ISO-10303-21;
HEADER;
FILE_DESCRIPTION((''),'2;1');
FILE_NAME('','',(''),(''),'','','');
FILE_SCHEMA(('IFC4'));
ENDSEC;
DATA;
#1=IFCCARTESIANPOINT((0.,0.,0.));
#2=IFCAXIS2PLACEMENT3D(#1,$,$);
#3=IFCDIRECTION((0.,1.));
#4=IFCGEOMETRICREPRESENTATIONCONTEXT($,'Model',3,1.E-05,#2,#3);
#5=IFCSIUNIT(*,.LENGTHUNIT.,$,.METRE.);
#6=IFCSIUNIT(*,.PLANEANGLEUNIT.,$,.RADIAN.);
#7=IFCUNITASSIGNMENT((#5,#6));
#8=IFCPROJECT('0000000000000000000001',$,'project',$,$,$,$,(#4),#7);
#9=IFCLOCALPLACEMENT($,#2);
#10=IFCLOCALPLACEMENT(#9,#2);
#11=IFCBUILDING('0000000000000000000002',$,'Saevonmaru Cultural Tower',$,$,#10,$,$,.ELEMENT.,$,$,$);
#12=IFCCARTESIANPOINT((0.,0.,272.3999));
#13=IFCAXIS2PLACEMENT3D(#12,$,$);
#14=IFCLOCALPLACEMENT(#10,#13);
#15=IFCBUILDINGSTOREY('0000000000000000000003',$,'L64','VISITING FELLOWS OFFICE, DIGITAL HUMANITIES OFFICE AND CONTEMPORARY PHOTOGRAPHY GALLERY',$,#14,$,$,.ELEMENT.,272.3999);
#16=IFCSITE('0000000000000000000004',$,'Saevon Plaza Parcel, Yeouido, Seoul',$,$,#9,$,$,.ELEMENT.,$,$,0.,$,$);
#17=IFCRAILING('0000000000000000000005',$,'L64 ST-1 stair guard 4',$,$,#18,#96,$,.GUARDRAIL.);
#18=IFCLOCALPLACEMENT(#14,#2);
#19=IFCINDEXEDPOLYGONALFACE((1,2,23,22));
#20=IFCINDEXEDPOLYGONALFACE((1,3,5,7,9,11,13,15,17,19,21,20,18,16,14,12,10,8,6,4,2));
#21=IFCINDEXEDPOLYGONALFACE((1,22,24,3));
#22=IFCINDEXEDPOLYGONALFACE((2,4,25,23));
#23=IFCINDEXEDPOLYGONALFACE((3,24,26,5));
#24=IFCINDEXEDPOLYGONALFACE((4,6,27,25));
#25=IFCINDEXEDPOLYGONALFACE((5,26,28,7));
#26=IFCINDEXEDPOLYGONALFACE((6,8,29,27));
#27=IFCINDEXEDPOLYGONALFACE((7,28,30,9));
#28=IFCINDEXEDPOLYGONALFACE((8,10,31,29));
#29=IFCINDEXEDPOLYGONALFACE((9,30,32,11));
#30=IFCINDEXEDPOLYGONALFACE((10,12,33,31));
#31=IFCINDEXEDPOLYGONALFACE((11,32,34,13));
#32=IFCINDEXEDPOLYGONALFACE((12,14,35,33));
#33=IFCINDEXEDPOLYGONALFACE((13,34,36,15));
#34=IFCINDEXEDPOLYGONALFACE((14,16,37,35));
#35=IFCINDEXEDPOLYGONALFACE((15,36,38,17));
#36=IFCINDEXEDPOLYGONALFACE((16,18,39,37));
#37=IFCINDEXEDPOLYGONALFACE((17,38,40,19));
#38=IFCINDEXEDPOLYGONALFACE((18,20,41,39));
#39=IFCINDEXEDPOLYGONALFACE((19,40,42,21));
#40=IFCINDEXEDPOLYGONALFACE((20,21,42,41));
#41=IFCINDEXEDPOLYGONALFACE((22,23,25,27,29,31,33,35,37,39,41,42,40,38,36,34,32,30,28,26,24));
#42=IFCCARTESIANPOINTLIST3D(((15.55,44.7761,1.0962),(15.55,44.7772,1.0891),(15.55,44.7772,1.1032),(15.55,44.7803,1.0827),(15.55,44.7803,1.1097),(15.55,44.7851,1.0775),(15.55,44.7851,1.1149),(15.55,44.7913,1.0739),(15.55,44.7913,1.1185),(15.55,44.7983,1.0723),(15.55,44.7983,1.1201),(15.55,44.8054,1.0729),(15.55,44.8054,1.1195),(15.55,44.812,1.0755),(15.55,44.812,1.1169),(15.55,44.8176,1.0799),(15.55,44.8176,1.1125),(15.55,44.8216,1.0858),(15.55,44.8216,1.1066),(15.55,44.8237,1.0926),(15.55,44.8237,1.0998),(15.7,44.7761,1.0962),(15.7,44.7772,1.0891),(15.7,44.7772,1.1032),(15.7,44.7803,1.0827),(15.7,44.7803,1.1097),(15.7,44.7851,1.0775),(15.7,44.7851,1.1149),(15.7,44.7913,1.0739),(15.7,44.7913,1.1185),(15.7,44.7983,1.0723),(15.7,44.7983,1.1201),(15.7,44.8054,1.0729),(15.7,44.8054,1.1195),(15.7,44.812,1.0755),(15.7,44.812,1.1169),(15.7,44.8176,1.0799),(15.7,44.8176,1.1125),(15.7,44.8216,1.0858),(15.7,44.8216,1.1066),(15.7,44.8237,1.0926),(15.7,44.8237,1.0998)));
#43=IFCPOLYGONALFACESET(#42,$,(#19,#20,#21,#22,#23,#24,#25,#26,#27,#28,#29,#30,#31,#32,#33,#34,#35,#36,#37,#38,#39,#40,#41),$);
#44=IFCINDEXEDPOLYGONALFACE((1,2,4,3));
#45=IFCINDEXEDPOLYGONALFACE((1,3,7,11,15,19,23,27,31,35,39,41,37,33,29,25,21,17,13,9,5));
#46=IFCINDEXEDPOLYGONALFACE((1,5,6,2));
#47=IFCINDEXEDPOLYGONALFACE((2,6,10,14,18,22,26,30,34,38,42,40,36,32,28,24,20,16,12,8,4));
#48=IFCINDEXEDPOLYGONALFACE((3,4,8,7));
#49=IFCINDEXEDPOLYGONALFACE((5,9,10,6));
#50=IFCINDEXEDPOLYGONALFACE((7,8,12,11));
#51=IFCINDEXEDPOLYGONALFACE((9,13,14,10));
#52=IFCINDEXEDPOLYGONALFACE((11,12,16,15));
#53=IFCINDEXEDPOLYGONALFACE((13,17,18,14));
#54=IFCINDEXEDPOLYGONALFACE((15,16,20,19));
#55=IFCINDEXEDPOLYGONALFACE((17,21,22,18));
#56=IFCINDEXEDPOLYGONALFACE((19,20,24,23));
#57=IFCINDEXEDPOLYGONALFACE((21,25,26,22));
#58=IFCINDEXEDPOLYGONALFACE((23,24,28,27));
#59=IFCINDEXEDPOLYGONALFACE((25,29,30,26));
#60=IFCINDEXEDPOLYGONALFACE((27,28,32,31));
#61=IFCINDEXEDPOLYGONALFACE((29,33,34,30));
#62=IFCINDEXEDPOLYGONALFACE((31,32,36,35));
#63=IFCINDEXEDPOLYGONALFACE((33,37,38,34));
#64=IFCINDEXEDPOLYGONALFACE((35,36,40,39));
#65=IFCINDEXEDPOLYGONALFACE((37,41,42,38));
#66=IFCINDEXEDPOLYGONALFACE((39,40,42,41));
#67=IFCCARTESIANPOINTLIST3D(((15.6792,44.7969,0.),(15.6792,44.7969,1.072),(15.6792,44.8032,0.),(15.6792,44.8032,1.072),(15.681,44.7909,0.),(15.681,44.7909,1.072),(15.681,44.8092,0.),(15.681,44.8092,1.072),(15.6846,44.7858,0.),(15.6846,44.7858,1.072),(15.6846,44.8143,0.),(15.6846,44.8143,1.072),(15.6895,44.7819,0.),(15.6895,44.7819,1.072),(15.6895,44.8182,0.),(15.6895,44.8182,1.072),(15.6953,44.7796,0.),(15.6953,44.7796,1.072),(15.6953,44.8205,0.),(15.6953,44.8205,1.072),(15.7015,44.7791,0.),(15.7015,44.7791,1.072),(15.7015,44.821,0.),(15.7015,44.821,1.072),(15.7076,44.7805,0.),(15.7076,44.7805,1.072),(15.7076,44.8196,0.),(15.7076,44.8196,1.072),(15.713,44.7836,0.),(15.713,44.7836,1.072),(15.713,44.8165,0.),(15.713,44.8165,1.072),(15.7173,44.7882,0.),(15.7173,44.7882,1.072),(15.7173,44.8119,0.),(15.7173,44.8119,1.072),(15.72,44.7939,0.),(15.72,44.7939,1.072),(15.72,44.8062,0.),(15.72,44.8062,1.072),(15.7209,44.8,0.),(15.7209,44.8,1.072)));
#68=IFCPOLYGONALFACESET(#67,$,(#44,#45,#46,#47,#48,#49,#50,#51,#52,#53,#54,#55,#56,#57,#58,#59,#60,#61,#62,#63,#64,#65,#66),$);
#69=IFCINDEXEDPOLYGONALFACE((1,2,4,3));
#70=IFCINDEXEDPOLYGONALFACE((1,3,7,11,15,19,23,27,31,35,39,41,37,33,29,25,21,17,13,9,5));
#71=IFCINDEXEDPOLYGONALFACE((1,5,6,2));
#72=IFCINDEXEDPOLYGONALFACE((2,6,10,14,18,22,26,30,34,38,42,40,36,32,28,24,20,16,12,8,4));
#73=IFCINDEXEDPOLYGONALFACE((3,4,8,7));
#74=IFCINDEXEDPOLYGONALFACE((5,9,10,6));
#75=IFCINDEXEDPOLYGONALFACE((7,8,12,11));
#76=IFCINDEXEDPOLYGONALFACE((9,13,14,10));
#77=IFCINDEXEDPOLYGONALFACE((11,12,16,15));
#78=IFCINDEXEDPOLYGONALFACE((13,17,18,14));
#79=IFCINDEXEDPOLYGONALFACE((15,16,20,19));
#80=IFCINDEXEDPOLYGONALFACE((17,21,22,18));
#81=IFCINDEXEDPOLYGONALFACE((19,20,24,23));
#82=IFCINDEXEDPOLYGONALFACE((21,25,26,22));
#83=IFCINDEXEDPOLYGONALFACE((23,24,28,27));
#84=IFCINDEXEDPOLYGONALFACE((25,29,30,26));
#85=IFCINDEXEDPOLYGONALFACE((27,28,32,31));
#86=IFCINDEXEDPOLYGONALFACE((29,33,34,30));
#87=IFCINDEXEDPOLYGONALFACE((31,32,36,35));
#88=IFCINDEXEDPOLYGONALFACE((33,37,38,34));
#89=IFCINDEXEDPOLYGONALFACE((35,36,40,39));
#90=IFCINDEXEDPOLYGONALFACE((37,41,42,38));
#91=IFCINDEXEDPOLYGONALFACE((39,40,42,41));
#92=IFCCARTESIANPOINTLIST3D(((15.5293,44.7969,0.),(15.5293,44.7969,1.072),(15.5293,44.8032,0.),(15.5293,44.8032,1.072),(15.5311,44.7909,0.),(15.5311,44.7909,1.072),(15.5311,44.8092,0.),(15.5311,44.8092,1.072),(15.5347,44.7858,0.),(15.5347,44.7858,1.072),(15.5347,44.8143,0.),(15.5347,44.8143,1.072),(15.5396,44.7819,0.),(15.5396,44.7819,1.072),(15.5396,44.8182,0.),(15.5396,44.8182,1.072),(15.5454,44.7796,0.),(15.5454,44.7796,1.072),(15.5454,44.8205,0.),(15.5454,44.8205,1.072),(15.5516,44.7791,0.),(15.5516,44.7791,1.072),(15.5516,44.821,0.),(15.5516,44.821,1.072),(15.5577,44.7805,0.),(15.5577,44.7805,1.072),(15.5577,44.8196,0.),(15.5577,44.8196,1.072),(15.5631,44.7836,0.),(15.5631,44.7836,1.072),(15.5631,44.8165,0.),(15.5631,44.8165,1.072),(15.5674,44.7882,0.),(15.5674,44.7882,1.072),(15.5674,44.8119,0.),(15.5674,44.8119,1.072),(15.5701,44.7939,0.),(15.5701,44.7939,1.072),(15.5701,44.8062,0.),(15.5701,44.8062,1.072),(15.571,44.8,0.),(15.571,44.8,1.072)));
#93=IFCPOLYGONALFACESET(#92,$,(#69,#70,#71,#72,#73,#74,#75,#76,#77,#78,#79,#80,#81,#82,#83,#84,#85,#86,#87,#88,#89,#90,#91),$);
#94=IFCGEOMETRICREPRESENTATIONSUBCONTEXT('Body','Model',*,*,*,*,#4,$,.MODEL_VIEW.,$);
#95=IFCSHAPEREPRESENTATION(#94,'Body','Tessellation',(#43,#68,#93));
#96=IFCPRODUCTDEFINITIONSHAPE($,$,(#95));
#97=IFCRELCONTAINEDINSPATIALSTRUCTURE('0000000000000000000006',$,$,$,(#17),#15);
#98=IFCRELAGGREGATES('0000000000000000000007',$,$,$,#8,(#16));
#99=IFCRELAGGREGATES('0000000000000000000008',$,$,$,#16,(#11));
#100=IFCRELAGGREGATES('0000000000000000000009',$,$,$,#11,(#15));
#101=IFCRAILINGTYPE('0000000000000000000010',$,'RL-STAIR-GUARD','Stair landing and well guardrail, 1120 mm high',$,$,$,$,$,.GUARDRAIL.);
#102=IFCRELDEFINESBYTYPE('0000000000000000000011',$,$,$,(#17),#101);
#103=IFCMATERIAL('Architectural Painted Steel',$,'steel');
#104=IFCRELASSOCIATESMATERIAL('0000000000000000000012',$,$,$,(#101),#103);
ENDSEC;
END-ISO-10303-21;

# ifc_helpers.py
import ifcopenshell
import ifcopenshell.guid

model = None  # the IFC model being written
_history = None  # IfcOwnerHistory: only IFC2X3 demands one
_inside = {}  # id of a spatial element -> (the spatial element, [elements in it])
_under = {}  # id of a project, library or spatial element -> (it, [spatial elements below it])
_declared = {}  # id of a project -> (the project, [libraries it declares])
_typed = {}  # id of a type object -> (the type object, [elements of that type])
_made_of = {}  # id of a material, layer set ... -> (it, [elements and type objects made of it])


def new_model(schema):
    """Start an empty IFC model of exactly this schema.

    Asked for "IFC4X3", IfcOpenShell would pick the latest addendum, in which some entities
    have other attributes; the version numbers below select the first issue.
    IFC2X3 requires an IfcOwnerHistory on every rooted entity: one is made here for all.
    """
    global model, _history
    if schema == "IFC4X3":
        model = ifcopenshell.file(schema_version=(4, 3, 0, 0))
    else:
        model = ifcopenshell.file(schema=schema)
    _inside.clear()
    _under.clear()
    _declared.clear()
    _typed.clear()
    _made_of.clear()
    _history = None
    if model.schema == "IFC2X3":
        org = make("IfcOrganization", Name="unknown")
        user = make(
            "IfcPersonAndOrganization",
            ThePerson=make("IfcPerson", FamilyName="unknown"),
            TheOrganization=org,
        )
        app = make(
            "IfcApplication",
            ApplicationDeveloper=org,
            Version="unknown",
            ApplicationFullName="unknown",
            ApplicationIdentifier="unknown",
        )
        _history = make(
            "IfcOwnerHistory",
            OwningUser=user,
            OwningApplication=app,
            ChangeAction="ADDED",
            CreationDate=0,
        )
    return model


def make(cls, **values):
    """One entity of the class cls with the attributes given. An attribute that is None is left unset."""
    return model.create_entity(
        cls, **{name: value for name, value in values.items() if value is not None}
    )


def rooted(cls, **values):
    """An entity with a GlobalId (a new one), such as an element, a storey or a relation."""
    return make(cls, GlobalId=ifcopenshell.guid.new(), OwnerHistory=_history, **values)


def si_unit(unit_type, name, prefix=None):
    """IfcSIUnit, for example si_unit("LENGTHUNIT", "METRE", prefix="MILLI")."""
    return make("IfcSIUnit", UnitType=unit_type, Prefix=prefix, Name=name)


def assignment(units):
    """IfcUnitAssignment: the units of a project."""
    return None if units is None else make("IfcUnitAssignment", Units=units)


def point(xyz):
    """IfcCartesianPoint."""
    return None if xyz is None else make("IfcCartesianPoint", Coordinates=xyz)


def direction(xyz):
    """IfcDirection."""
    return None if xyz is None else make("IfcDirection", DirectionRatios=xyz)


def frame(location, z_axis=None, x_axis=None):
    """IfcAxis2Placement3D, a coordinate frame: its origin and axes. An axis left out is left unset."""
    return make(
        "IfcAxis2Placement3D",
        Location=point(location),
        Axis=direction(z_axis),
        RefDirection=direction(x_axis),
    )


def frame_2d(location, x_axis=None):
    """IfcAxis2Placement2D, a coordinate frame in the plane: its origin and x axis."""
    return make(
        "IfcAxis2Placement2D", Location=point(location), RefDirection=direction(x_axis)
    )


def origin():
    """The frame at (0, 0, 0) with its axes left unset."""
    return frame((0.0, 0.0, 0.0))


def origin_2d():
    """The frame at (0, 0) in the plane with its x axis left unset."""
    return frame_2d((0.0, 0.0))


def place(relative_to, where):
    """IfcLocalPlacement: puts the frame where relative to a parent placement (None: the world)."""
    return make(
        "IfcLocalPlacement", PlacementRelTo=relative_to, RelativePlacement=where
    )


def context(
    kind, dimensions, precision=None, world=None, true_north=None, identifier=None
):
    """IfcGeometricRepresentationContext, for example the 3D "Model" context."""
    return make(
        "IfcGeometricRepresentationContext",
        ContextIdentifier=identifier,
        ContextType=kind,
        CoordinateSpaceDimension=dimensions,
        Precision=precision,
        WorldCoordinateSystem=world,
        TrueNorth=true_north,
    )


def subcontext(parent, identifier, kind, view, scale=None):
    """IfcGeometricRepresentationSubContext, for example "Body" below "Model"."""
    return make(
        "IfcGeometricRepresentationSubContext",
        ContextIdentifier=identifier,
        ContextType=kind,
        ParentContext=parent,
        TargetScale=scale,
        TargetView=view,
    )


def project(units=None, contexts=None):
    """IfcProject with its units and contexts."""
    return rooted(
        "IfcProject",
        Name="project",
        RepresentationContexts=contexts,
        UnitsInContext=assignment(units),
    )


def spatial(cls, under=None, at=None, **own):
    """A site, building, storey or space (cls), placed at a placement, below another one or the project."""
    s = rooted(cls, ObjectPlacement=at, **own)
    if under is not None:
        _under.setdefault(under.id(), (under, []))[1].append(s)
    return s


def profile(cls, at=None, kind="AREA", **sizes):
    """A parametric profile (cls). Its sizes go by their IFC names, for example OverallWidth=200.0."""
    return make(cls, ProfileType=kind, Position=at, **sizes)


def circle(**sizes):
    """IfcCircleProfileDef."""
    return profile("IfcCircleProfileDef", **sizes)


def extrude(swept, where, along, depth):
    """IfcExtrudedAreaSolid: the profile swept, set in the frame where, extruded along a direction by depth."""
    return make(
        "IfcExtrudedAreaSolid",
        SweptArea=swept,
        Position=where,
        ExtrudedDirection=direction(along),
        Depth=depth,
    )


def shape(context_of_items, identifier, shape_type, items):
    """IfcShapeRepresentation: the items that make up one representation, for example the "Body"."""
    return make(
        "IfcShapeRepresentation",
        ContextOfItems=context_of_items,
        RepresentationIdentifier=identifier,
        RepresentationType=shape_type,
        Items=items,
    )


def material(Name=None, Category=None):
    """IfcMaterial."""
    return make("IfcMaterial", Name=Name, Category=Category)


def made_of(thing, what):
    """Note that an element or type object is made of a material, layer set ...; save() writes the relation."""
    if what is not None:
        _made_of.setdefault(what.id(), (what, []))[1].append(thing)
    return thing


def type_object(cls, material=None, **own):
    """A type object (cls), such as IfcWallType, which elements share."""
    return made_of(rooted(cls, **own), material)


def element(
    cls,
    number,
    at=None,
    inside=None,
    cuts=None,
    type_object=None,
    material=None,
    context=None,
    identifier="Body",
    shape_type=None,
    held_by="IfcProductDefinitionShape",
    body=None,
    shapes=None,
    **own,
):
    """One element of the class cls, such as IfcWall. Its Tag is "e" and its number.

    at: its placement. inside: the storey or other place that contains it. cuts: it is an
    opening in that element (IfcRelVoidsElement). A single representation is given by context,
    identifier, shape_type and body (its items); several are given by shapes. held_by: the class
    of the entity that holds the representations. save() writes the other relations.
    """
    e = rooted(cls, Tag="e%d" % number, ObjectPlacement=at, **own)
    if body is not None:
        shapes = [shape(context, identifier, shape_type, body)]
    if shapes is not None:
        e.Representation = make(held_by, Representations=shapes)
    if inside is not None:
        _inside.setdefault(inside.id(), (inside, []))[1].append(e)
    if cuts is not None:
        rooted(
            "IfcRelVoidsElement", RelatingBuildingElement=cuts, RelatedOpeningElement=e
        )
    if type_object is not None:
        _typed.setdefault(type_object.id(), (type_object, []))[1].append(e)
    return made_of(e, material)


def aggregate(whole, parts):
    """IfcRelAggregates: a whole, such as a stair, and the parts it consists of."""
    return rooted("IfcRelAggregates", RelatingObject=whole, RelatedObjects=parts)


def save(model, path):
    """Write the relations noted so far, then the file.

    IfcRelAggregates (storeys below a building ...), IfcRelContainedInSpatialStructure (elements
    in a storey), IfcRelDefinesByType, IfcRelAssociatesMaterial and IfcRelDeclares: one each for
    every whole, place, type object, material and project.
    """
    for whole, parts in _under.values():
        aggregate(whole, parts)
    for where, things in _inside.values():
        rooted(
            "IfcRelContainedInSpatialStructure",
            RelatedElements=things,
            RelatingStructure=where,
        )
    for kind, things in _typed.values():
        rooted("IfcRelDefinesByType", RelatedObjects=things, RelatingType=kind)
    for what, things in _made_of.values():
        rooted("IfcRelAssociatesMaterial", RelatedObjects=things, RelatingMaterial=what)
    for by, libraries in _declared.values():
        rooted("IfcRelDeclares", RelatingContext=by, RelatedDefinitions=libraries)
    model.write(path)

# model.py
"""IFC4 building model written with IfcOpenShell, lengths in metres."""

from ifc_helpers import new_model, si_unit, direction, frame, origin, origin_2d, place, context, subcontext, project, spatial, circle, extrude, material, type_object, element, save


model = new_model("IFC4")

# Units and contexts
model_context = context("Model", 3, precision=1e-05, world=origin(), true_north=direction((0.0, 1.0)))
body_context = subcontext(model_context, "Body", "Model", "MODEL_VIEW")
ifc_project = project(units=[si_unit("LENGTHUNIT", "METRE"), si_unit("PLANEANGLEUNIT", "RADIAN")], contexts=[model_context])

# Site, building, storey
site_placement = place(None, origin())
site = spatial("IfcSite", under=ifc_project, at=site_placement, Name="Saevon Plaza Parcel, Yeouido, Seoul", CompositionType="ELEMENT", RefElevation=0.0)
building_placement = place(site_placement, origin())
building = spatial("IfcBuilding", under=site, at=building_placement, Name="Saevonmaru Cultural Tower", CompositionType="ELEMENT")
storey_placement = place(building_placement, frame((0.0, 0.0, 272.3999)))
storey = spatial("IfcBuildingStorey", under=building, at=storey_placement, Name="L64", Description="VISITING FELLOWS OFFICE, DIGITAL HUMANITIES OFFICE AND CONTEMPORARY PHOTOGRAPHY GALLERY", CompositionType="ELEMENT", Elevation=272.3999)

# Railing
ifc_material_1 = material(Name="Architectural Painted Steel", Category="steel")
railing_type_1 = type_object("IfcRailingType", Name="RL-STAIR-GUARD", Description="Stair landing and well guardrail, 1120 mm high", PredefinedType="GUARDRAIL", material=ifc_material_1)
railing_1_placement = place(storey_placement, frame((15.7, 44.8, 0.0)))
element("IfcRailing", 1, at=railing_1_placement, inside=storey, type_object=railing_type_1, Name="L64 ST-1 stair guard 4", PredefinedType="GUARDRAIL", context=body_context, shape_type="SweptSolid", body=[
    extrude(circle(Radius=0.0239, at=origin_2d()), frame((0.0, 0.0, 1.0962), z_axis=(-1.0, 0.0, 0.0), x_axis=(0.0, -1.0, 0.0)), (0.0, 0.0, 1.0), 0.1499),
    extrude(circle(Radius=0.021, at=origin_2d()), origin(), (0.0, 0.0, 1.0), 1.072),
    extrude(circle(Radius=0.021, at=origin_2d()), frame((-0.1499, 0.0, 0.0)), (0.0, 0.0, 1.0), 1.072),
])

save(model, "model.ifc")
